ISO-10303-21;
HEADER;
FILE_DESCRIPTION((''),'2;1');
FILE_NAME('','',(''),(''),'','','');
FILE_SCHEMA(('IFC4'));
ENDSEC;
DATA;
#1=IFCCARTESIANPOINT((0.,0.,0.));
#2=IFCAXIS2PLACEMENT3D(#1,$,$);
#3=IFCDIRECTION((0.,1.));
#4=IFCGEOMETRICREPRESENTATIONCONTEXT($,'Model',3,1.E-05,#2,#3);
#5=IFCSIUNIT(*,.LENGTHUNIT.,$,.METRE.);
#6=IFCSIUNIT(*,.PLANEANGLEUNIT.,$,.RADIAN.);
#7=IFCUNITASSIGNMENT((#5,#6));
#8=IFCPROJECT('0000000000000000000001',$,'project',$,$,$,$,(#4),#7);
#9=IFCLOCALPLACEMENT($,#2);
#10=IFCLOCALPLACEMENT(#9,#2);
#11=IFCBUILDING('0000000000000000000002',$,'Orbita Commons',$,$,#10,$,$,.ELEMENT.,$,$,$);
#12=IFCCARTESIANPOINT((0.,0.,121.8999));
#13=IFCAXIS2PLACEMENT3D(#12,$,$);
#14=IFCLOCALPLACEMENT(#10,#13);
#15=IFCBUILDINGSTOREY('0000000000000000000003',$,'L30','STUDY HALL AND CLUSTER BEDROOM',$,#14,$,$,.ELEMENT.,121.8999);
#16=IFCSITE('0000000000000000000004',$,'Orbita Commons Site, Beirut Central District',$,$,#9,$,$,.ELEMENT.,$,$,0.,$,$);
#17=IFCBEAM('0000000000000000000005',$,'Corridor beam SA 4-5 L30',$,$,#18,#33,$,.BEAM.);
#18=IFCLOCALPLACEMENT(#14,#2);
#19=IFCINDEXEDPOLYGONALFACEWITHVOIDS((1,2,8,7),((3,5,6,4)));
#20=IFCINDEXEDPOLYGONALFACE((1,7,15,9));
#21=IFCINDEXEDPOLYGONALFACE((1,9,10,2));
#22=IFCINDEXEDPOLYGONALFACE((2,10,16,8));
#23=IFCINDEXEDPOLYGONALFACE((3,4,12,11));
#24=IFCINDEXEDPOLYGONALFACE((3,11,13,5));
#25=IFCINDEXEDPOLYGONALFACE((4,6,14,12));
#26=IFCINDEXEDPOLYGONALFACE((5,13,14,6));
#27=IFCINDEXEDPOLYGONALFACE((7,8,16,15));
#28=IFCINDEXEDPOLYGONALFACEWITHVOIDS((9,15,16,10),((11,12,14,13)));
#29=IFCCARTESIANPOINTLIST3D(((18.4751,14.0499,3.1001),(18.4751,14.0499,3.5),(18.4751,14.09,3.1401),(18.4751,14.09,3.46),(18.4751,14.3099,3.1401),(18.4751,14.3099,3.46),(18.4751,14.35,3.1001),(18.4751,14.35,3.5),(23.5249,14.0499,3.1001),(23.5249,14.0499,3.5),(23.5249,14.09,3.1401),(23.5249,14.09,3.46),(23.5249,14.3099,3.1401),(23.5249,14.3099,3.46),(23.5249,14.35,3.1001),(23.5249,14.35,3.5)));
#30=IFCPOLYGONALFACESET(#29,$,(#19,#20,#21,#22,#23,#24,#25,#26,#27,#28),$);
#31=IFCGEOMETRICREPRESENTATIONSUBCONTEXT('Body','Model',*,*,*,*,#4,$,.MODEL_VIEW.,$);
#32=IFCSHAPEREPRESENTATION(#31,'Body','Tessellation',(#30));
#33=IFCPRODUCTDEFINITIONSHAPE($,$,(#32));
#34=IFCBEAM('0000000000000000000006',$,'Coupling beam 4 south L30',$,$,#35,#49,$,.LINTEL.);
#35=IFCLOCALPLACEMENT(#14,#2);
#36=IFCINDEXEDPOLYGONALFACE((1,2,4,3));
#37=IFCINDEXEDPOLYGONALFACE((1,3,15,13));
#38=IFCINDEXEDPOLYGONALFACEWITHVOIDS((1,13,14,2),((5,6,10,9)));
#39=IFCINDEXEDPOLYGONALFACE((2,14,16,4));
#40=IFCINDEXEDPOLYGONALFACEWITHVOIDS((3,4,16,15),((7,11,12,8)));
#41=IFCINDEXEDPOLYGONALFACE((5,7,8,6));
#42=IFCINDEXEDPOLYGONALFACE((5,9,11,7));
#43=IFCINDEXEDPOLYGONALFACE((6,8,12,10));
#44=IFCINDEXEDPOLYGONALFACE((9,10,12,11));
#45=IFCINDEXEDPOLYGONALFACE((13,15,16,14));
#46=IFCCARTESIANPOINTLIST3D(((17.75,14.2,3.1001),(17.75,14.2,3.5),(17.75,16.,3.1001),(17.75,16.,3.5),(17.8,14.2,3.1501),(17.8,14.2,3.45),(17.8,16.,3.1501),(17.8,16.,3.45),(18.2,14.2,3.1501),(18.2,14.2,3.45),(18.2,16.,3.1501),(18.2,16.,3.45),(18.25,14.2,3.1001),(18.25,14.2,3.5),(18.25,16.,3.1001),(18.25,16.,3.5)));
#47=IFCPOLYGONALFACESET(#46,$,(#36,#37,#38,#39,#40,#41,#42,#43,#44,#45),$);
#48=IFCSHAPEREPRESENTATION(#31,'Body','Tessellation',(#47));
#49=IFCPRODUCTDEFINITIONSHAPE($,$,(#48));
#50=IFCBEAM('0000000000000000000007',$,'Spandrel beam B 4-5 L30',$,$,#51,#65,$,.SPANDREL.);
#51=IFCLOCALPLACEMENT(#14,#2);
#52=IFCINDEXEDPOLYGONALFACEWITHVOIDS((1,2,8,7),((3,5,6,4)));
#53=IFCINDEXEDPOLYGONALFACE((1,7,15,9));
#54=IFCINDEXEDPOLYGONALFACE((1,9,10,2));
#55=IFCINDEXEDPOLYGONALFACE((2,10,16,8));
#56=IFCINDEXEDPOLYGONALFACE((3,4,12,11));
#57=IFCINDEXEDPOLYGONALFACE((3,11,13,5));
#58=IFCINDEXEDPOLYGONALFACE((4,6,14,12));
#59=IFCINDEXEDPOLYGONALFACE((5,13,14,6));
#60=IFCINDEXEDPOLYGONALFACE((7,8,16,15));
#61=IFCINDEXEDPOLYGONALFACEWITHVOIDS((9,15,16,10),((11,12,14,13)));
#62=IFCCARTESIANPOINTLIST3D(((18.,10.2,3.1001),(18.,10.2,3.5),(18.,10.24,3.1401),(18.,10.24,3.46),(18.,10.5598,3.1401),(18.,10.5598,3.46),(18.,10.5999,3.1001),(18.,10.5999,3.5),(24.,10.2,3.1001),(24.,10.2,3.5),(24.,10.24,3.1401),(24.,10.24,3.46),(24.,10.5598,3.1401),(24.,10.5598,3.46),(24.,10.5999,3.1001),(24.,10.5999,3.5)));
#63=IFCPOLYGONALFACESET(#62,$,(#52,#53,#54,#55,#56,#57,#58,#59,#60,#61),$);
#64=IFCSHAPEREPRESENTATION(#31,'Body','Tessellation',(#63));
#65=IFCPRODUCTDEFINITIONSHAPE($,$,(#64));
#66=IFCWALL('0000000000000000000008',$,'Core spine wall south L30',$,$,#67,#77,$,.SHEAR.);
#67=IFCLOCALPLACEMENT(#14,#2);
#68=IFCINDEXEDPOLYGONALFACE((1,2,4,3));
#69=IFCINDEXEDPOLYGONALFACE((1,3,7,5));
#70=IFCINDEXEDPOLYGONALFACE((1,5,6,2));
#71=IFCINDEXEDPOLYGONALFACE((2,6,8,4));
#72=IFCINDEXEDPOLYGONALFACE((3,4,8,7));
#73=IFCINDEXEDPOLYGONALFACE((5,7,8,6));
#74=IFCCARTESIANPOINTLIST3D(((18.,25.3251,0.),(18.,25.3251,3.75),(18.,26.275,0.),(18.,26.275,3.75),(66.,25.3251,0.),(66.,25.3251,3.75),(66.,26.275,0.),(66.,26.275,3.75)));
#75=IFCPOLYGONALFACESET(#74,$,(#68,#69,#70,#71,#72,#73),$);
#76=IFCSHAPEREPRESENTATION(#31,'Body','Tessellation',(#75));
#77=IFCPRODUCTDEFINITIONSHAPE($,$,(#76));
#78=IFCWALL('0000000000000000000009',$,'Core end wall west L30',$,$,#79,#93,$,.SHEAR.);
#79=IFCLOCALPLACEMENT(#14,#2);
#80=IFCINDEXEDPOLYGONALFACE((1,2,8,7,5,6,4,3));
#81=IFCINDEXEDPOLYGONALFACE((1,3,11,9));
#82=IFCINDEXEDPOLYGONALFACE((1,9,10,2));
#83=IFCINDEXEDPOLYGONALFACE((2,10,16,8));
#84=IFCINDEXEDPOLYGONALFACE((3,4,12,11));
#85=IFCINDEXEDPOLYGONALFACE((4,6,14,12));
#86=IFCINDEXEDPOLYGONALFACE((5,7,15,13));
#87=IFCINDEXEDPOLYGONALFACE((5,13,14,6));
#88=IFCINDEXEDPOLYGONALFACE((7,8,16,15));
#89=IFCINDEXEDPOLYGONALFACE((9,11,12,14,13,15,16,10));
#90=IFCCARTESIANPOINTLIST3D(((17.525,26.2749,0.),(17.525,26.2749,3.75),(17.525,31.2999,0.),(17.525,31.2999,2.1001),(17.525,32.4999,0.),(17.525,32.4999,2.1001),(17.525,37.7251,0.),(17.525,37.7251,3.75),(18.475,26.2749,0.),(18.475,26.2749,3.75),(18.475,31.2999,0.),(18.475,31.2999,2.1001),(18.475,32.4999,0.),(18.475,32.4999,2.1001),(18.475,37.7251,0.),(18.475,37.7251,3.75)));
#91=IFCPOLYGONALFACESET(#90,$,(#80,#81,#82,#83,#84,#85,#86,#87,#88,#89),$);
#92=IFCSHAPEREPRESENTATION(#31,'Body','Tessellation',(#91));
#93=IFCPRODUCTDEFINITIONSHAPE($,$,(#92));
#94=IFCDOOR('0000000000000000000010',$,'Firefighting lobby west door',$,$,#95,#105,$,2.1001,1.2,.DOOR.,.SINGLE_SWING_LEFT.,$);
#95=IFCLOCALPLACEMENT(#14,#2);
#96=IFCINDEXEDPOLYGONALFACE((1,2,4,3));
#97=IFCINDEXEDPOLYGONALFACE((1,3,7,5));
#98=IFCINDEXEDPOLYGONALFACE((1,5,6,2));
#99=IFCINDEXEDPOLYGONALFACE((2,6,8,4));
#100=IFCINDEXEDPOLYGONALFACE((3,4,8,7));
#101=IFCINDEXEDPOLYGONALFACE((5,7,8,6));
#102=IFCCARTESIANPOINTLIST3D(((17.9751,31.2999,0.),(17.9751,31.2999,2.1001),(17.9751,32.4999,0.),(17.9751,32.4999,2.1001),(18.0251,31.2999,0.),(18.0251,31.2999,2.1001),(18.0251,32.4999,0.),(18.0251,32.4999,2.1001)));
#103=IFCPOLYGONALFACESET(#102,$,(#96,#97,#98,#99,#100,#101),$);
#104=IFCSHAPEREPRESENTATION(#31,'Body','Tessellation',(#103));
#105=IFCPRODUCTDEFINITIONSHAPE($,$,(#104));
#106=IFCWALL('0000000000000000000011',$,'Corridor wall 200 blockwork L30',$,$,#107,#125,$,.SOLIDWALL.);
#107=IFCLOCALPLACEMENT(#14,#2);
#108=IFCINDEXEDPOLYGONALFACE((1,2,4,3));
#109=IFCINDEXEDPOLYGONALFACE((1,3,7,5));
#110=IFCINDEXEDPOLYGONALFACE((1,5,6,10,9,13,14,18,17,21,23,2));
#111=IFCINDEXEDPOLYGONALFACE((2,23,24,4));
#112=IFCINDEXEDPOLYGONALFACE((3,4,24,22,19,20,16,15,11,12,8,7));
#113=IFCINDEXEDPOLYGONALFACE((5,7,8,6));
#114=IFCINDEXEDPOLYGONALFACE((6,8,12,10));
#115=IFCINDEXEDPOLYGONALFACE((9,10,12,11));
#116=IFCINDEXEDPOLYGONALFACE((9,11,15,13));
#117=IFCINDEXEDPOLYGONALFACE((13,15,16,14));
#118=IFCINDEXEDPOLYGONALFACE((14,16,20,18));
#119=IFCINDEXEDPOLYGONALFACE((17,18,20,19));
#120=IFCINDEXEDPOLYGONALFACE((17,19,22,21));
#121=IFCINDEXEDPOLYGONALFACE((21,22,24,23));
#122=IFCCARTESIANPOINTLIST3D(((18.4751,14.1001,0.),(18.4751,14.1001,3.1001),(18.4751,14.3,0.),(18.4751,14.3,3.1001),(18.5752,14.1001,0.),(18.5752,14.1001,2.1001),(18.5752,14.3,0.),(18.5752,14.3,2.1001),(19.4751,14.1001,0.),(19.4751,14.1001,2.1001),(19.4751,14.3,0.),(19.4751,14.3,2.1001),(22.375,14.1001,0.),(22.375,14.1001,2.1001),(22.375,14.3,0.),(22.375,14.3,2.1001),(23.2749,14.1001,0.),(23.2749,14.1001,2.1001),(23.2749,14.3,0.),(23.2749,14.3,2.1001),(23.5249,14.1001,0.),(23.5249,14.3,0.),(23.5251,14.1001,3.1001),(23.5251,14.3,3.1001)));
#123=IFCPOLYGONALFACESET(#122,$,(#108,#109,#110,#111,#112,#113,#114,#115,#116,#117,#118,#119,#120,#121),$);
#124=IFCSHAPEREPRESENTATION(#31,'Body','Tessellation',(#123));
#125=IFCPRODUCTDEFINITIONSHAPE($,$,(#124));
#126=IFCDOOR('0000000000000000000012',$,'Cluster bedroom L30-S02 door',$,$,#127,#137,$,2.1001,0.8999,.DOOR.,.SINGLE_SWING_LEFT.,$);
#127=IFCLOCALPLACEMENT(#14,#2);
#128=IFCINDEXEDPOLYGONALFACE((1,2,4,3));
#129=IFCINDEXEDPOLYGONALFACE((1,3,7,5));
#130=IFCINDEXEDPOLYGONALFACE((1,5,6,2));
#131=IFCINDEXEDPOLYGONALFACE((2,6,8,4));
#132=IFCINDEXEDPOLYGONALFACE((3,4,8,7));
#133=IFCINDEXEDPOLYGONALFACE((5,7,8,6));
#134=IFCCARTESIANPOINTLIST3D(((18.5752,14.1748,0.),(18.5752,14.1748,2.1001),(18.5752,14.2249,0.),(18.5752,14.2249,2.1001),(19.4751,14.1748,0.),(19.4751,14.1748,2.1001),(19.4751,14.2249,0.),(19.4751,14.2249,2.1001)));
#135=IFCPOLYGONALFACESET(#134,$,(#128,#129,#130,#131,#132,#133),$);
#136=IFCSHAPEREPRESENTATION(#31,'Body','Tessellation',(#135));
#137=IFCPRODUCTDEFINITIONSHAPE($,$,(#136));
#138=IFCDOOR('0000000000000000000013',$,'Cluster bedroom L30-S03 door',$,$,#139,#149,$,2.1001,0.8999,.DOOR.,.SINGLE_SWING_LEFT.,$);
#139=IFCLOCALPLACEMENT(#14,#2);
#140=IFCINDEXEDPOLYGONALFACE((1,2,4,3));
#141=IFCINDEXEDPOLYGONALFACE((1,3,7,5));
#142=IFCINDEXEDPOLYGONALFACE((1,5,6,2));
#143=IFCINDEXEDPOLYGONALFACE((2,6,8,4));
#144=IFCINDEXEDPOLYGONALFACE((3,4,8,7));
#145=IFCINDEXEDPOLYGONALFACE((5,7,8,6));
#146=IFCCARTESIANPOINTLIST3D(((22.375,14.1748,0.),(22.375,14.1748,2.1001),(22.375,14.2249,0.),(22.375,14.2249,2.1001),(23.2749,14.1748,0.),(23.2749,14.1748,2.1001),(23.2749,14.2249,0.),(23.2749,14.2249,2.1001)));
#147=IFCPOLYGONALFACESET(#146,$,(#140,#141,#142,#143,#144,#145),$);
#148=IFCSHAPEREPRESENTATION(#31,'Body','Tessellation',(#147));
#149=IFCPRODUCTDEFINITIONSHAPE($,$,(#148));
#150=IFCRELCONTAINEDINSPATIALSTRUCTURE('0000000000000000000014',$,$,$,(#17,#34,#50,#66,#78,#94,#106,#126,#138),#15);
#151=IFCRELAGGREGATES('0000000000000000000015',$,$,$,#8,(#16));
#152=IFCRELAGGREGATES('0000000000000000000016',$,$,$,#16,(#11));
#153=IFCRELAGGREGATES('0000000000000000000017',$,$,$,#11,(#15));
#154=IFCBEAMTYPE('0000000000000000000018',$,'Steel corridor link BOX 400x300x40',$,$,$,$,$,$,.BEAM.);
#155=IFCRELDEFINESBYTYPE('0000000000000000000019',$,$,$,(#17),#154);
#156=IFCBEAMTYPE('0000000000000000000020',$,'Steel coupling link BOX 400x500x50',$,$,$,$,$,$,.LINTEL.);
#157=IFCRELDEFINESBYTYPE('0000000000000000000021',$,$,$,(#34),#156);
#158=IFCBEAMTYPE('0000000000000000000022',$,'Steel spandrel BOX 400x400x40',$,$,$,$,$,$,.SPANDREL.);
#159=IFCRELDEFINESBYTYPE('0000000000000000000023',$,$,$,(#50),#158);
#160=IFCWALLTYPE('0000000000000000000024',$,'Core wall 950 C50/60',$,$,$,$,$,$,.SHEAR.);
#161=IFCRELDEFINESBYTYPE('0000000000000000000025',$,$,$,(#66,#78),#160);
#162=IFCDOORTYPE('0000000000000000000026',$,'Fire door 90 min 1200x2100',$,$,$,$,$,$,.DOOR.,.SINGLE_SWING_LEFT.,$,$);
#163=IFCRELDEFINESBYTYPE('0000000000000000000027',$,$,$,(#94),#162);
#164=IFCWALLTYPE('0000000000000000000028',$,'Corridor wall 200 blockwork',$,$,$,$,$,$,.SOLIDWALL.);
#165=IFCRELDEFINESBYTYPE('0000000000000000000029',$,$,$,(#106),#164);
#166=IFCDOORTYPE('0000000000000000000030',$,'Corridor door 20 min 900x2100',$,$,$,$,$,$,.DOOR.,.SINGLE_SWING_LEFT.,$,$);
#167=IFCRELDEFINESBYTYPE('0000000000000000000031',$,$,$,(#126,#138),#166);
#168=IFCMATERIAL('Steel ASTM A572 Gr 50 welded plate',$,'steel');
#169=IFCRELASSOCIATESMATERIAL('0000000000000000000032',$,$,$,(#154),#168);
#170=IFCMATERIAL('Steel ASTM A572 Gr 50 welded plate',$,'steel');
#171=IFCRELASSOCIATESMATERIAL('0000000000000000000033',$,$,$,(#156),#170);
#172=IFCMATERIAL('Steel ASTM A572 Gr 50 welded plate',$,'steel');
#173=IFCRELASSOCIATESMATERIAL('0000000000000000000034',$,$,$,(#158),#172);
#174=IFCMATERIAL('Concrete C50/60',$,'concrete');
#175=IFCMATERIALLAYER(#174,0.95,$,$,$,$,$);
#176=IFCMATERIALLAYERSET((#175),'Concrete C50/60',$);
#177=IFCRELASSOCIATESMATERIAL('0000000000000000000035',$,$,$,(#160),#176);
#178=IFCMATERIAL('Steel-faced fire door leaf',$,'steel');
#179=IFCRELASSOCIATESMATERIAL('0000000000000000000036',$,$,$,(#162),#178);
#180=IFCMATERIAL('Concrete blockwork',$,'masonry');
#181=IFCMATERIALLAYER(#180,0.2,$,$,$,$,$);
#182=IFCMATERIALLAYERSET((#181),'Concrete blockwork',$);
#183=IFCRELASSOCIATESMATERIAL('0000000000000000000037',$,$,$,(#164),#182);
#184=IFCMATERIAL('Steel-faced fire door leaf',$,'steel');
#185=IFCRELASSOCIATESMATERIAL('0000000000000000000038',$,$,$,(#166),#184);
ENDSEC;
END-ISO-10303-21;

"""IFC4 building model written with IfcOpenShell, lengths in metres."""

from ifc_helpers import new_model, si_unit, direction, frame, frame_2d, origin, origin_2d, place, context, subcontext, project, spatial, polyline, rectangle, hollow_rectangle, outline, extrude, material, layer, layer_set, material_profile, profile_set, type_object, element, fill, save


model = new_model("IFC4")

# Units and contexts
model_context = context("Model", 3, precision=1e-05, world=origin(), true_north=direction((0.0, 1.0)))
body_context = subcontext(model_context, "Body", "Model", "MODEL_VIEW")
ifc_project = project(units=[si_unit("LENGTHUNIT", "METRE"), si_unit("PLANEANGLEUNIT", "RADIAN")], contexts=[model_context])

# Site, building, storey
site_placement = place(None, origin())
site = spatial("IfcSite", under=ifc_project, at=site_placement, Name="Orbita Commons Site, Beirut Central District", CompositionType="ELEMENT", RefElevation=0.0)
building_placement = place(site_placement, origin())
building = spatial("IfcBuilding", under=site, at=building_placement, Name="Orbita Commons", CompositionType="ELEMENT")
storey_placement = place(building_placement, frame((0.0, 0.0, 121.8999)))
storey = spatial("IfcBuildingStorey", under=building, at=storey_placement, Name="L30", Description="STUDY HALL AND CLUSTER BEDROOM", CompositionType="ELEMENT", Elevation=121.8999)

# Beams
ifc_material_1 = material(Name="Steel ASTM A572 Gr 50 welded plate", Category="steel")
ifc_material_profile_1 = material_profile(ifc_material_1, hollow_rectangle(XDim=0.3, YDim=0.3999, WallThickness=0.04, at=origin_2d()), Name="BOX 400x300x40")
ifc_profile_set_1 = profile_set([ifc_material_profile_1], Name="Steel ASTM A572 Gr 50 welded plate")
beam_type_1 = type_object("IfcBeamType", Name="Steel corridor link BOX 400x300x40", PredefinedType="BEAM", material=ifc_profile_set_1)
beam_1_placement = place(storey_placement, frame((18.4751, 14.2, 3.3), z_axis=(1.0, 0.0, 0.0), x_axis=(0.0, 1.0, 0.0)))
element("IfcBeam", 1, at=beam_1_placement, inside=storey, type_object=beam_type_1, Name="Corridor beam SA 4-5 L30", PredefinedType="BEAM", context=body_context, shape_type="SweptSolid", body=[
    extrude(hollow_rectangle(XDim=0.3, YDim=0.3999, WallThickness=0.04, at=origin_2d()), origin(), (0.0, 0.0, 1.0), 5.0498),
])
ifc_material_2 = material(Name="Steel ASTM A572 Gr 50 welded plate", Category="steel")
ifc_material_profile_2 = material_profile(ifc_material_2, hollow_rectangle(XDim=0.5, YDim=0.3999, WallThickness=0.05, at=origin_2d()), Name="BOX 400x500x50")
ifc_profile_set_2 = profile_set([ifc_material_profile_2], Name="Steel ASTM A572 Gr 50 welded plate")
beam_type_2 = type_object("IfcBeamType", Name="Steel coupling link BOX 400x500x50", PredefinedType="LINTEL", material=ifc_profile_set_2)
beam_2_placement = place(storey_placement, frame((18.0, 14.2, 3.3), z_axis=(0.0, 1.0, 0.0), x_axis=(-1.0, 0.0, 0.0)))
element("IfcBeam", 2, at=beam_2_placement, inside=storey, type_object=beam_type_2, Name="Coupling beam 4 south L30", PredefinedType="LINTEL", context=body_context, shape_type="SweptSolid", body=[
    extrude(hollow_rectangle(XDim=0.5, YDim=0.3999, WallThickness=0.05, at=origin_2d()), origin(), (0.0, 0.0, 1.0), 1.8),
])
ifc_material_3 = material(Name="Steel ASTM A572 Gr 50 welded plate", Category="steel")
ifc_material_profile_3 = material_profile(ifc_material_3, hollow_rectangle(XDim=0.3999, YDim=0.3999, WallThickness=0.04, at=origin_2d()), Name="BOX 400x400x40")
ifc_profile_set_3 = profile_set([ifc_material_profile_3], Name="Steel ASTM A572 Gr 50 welded plate")
beam_type_3 = type_object("IfcBeamType", Name="Steel spandrel BOX 400x400x40", PredefinedType="SPANDREL", material=ifc_profile_set_3)
beam_3_placement = place(storey_placement, frame((18.0, 10.3999, 3.3), z_axis=(1.0, 0.0, 0.0), x_axis=(0.0, 1.0, 0.0)))
element("IfcBeam", 3, at=beam_3_placement, inside=storey, type_object=beam_type_3, Name="Spandrel beam B 4-5 L30", PredefinedType="SPANDREL", context=body_context, shape_type="SweptSolid", body=[
    extrude(hollow_rectangle(XDim=0.3999, YDim=0.3999, WallThickness=0.04, at=origin_2d()), origin(), (0.0, 0.0, 1.0), 6.0),
])

# Wall
ifc_material_4 = material(Name="Concrete C50/60", Category="concrete")
ifc_layer_1 = layer(ifc_material_4, 0.95)
ifc_layer_set_1 = layer_set([ifc_layer_1], Name="Concrete C50/60")
wall_type_1 = type_object("IfcWallType", Name="Core wall 950 C50/60", PredefinedType="SHEAR", material=ifc_layer_set_1)
wall_1_placement = place(storey_placement, frame((18.0, 25.8, 0.0), z_axis=(0.0, 0.0, 1.0), x_axis=(1.0, 0.0, 0.0)))
element("IfcWall", 4, at=wall_1_placement, inside=storey, type_object=wall_type_1, Name="Core spine wall south L30", PredefinedType="SHEAR", context=body_context, shape_type="SweptSolid", body=[
    extrude(rectangle(XDim=48.0, YDim=0.95, at=frame_2d((24.0, 0.0))), origin(), (0.0, 0.0, 1.0), 3.75),
])

# Wall, opening, door
wall_2_placement = place(storey_placement, frame((18.0, 26.2749, 0.0), z_axis=(0.0, 0.0, 1.0), x_axis=(0.0, 1.0, 0.0)))
wall_2 = element("IfcWall", 5, at=wall_2_placement, inside=storey, type_object=wall_type_1, Name="Core end wall west L30", PredefinedType="SHEAR", context=body_context, shape_type="SweptSolid", body=[
    extrude(rectangle(XDim=11.4502, YDim=0.95, at=frame_2d((5.7251, 0.0))), origin(), (0.0, 0.0, 1.0), 3.75),
])
opening_1_placement = place(wall_2_placement, frame((5.0249, 0.0, 0.0)))
opening_1 = element("IfcOpeningElement", 6, at=opening_1_placement, cuts=wall_2, PredefinedType="OPENING", context=body_context, shape_type="SweptSolid", body=[
    extrude(rectangle(XDim=1.2, YDim=2.1001, at=frame_2d((0.6001, 1.05))), frame((0.0, 0.4849, 0.0), z_axis=(0.0, -1.0, 0.0), x_axis=(1.0, 0.0, 0.0)), (0.0, 0.0, 1.0), 0.97),
])
ifc_material_5 = material(Name="Steel-faced fire door leaf", Category="steel")
door_type_1 = type_object("IfcDoorType", Name="Fire door 90 min 1200x2100", OperationType="SINGLE_SWING_LEFT", PredefinedType="DOOR", material=ifc_material_5)
door_1_placement = place(opening_1_placement, origin())
door_1 = element("IfcDoor", 7, at=door_1_placement, inside=storey, type_object=door_type_1, Name="Firefighting lobby west door", OperationType="SINGLE_SWING_LEFT", OverallHeight=2.1001, OverallWidth=1.2, PredefinedType="DOOR", context=body_context, shape_type="SweptSolid", body=[
    extrude(rectangle(XDim=1.2, YDim=2.1001, at=frame_2d((0.6001, 1.05))), frame((0.0, 0.0249, 0.0), z_axis=(0.0, -1.0, 0.0), x_axis=(1.0, 0.0, 0.0)), (0.0, 0.0, 1.0), 0.05),
])
fill(opening_1, door_1)

# Wall, openings, doors
ifc_material_6 = material(Name="Concrete blockwork", Category="masonry")
ifc_layer_2 = layer(ifc_material_6, 0.2)
ifc_layer_set_2 = layer_set([ifc_layer_2], Name="Concrete blockwork")
wall_type_2 = type_object("IfcWallType", Name="Corridor wall 200 blockwork", PredefinedType="SOLIDWALL", material=ifc_layer_set_2)
wall_3_placement = place(storey_placement, frame((18.4751, 14.2, 0.0), z_axis=(0.0, 0.0, 1.0), x_axis=(1.0, 0.0, 0.0)))
wall_3 = element("IfcWall", 8, at=wall_3_placement, inside=storey, type_object=wall_type_2, Name="Corridor wall 200 blockwork L30", PredefinedType="SOLIDWALL", context=body_context, shape_type="SweptSolid", body=[
    extrude(outline(polyline([(0.0, 0.0), (5.0498, 0.0), (5.05, 3.1001), (0.0, 3.1001), (0.0, 0.0)])), frame((0.0, 0.1001, 0.0), z_axis=(0.0, -1.0, 0.0), x_axis=(1.0, 0.0, 0.0)), (0.0, 0.0, 1.0), 0.2),
])
opening_2_placement = place(wall_3_placement, frame((0.1001, 0.0, 0.0)))
opening_2 = element("IfcOpeningElement", 9, at=opening_2_placement, cuts=wall_3, PredefinedType="OPENING", context=body_context, shape_type="SweptSolid", body=[
    extrude(rectangle(XDim=0.8999, YDim=2.1001, at=frame_2d((0.45, 1.05))), frame((0.0, 0.1099, 0.0), z_axis=(0.0, -1.0, 0.0), x_axis=(1.0, 0.0, 0.0)), (0.0, 0.0, 1.0), 0.22),
])
opening_3_placement = place(wall_3_placement, frame((3.8999, 0.0, 0.0)))
opening_3 = element("IfcOpeningElement", 10, at=opening_3_placement, cuts=wall_3, PredefinedType="OPENING", context=body_context, shape_type="SweptSolid", body=[
    extrude(rectangle(XDim=0.8999, YDim=2.1001, at=frame_2d((0.45, 1.05))), frame((0.0, 0.1099, 0.0), z_axis=(0.0, -1.0, 0.0), x_axis=(1.0, 0.0, 0.0)), (0.0, 0.0, 1.0), 0.22),
])
ifc_material_7 = material(Name="Steel-faced fire door leaf", Category="steel")
door_type_2 = type_object("IfcDoorType", Name="Corridor door 20 min 900x2100", OperationType="SINGLE_SWING_LEFT", PredefinedType="DOOR", material=ifc_material_7)
door_2_placement = place(opening_2_placement, origin())
door_2 = element("IfcDoor", 11, at=door_2_placement, inside=storey, type_object=door_type_2, Name="Cluster bedroom L30-S02 door", OperationType="SINGLE_SWING_LEFT", OverallHeight=2.1001, OverallWidth=0.8999, PredefinedType="DOOR", context=body_context, shape_type="SweptSolid", body=[
    extrude(rectangle(XDim=0.8999, YDim=2.1001, at=frame_2d((0.45, 1.05))), frame((0.0, 0.0249, 0.0), z_axis=(0.0, -1.0, 0.0), x_axis=(1.0, 0.0, 0.0)), (0.0, 0.0, 1.0), 0.05),
])
fill(opening_2, door_2)
door_3_placement = place(opening_3_placement, origin())
door_3 = element("IfcDoor", 12, at=door_3_placement, inside=storey, type_object=door_type_2, Name="Cluster bedroom L30-S03 door", OperationType="SINGLE_SWING_LEFT", OverallHeight=2.1001, OverallWidth=0.8999, PredefinedType="DOOR", context=body_context, shape_type="SweptSolid", body=[
    extrude(rectangle(XDim=0.8999, YDim=2.1001, at=frame_2d((0.45, 1.05))), frame((0.0, 0.0249, 0.0), z_axis=(0.0, -1.0, 0.0), x_axis=(1.0, 0.0, 0.0)), (0.0, 0.0, 1.0), 0.05),
])
fill(opening_3, door_3)

save(model, "model.ifc")
